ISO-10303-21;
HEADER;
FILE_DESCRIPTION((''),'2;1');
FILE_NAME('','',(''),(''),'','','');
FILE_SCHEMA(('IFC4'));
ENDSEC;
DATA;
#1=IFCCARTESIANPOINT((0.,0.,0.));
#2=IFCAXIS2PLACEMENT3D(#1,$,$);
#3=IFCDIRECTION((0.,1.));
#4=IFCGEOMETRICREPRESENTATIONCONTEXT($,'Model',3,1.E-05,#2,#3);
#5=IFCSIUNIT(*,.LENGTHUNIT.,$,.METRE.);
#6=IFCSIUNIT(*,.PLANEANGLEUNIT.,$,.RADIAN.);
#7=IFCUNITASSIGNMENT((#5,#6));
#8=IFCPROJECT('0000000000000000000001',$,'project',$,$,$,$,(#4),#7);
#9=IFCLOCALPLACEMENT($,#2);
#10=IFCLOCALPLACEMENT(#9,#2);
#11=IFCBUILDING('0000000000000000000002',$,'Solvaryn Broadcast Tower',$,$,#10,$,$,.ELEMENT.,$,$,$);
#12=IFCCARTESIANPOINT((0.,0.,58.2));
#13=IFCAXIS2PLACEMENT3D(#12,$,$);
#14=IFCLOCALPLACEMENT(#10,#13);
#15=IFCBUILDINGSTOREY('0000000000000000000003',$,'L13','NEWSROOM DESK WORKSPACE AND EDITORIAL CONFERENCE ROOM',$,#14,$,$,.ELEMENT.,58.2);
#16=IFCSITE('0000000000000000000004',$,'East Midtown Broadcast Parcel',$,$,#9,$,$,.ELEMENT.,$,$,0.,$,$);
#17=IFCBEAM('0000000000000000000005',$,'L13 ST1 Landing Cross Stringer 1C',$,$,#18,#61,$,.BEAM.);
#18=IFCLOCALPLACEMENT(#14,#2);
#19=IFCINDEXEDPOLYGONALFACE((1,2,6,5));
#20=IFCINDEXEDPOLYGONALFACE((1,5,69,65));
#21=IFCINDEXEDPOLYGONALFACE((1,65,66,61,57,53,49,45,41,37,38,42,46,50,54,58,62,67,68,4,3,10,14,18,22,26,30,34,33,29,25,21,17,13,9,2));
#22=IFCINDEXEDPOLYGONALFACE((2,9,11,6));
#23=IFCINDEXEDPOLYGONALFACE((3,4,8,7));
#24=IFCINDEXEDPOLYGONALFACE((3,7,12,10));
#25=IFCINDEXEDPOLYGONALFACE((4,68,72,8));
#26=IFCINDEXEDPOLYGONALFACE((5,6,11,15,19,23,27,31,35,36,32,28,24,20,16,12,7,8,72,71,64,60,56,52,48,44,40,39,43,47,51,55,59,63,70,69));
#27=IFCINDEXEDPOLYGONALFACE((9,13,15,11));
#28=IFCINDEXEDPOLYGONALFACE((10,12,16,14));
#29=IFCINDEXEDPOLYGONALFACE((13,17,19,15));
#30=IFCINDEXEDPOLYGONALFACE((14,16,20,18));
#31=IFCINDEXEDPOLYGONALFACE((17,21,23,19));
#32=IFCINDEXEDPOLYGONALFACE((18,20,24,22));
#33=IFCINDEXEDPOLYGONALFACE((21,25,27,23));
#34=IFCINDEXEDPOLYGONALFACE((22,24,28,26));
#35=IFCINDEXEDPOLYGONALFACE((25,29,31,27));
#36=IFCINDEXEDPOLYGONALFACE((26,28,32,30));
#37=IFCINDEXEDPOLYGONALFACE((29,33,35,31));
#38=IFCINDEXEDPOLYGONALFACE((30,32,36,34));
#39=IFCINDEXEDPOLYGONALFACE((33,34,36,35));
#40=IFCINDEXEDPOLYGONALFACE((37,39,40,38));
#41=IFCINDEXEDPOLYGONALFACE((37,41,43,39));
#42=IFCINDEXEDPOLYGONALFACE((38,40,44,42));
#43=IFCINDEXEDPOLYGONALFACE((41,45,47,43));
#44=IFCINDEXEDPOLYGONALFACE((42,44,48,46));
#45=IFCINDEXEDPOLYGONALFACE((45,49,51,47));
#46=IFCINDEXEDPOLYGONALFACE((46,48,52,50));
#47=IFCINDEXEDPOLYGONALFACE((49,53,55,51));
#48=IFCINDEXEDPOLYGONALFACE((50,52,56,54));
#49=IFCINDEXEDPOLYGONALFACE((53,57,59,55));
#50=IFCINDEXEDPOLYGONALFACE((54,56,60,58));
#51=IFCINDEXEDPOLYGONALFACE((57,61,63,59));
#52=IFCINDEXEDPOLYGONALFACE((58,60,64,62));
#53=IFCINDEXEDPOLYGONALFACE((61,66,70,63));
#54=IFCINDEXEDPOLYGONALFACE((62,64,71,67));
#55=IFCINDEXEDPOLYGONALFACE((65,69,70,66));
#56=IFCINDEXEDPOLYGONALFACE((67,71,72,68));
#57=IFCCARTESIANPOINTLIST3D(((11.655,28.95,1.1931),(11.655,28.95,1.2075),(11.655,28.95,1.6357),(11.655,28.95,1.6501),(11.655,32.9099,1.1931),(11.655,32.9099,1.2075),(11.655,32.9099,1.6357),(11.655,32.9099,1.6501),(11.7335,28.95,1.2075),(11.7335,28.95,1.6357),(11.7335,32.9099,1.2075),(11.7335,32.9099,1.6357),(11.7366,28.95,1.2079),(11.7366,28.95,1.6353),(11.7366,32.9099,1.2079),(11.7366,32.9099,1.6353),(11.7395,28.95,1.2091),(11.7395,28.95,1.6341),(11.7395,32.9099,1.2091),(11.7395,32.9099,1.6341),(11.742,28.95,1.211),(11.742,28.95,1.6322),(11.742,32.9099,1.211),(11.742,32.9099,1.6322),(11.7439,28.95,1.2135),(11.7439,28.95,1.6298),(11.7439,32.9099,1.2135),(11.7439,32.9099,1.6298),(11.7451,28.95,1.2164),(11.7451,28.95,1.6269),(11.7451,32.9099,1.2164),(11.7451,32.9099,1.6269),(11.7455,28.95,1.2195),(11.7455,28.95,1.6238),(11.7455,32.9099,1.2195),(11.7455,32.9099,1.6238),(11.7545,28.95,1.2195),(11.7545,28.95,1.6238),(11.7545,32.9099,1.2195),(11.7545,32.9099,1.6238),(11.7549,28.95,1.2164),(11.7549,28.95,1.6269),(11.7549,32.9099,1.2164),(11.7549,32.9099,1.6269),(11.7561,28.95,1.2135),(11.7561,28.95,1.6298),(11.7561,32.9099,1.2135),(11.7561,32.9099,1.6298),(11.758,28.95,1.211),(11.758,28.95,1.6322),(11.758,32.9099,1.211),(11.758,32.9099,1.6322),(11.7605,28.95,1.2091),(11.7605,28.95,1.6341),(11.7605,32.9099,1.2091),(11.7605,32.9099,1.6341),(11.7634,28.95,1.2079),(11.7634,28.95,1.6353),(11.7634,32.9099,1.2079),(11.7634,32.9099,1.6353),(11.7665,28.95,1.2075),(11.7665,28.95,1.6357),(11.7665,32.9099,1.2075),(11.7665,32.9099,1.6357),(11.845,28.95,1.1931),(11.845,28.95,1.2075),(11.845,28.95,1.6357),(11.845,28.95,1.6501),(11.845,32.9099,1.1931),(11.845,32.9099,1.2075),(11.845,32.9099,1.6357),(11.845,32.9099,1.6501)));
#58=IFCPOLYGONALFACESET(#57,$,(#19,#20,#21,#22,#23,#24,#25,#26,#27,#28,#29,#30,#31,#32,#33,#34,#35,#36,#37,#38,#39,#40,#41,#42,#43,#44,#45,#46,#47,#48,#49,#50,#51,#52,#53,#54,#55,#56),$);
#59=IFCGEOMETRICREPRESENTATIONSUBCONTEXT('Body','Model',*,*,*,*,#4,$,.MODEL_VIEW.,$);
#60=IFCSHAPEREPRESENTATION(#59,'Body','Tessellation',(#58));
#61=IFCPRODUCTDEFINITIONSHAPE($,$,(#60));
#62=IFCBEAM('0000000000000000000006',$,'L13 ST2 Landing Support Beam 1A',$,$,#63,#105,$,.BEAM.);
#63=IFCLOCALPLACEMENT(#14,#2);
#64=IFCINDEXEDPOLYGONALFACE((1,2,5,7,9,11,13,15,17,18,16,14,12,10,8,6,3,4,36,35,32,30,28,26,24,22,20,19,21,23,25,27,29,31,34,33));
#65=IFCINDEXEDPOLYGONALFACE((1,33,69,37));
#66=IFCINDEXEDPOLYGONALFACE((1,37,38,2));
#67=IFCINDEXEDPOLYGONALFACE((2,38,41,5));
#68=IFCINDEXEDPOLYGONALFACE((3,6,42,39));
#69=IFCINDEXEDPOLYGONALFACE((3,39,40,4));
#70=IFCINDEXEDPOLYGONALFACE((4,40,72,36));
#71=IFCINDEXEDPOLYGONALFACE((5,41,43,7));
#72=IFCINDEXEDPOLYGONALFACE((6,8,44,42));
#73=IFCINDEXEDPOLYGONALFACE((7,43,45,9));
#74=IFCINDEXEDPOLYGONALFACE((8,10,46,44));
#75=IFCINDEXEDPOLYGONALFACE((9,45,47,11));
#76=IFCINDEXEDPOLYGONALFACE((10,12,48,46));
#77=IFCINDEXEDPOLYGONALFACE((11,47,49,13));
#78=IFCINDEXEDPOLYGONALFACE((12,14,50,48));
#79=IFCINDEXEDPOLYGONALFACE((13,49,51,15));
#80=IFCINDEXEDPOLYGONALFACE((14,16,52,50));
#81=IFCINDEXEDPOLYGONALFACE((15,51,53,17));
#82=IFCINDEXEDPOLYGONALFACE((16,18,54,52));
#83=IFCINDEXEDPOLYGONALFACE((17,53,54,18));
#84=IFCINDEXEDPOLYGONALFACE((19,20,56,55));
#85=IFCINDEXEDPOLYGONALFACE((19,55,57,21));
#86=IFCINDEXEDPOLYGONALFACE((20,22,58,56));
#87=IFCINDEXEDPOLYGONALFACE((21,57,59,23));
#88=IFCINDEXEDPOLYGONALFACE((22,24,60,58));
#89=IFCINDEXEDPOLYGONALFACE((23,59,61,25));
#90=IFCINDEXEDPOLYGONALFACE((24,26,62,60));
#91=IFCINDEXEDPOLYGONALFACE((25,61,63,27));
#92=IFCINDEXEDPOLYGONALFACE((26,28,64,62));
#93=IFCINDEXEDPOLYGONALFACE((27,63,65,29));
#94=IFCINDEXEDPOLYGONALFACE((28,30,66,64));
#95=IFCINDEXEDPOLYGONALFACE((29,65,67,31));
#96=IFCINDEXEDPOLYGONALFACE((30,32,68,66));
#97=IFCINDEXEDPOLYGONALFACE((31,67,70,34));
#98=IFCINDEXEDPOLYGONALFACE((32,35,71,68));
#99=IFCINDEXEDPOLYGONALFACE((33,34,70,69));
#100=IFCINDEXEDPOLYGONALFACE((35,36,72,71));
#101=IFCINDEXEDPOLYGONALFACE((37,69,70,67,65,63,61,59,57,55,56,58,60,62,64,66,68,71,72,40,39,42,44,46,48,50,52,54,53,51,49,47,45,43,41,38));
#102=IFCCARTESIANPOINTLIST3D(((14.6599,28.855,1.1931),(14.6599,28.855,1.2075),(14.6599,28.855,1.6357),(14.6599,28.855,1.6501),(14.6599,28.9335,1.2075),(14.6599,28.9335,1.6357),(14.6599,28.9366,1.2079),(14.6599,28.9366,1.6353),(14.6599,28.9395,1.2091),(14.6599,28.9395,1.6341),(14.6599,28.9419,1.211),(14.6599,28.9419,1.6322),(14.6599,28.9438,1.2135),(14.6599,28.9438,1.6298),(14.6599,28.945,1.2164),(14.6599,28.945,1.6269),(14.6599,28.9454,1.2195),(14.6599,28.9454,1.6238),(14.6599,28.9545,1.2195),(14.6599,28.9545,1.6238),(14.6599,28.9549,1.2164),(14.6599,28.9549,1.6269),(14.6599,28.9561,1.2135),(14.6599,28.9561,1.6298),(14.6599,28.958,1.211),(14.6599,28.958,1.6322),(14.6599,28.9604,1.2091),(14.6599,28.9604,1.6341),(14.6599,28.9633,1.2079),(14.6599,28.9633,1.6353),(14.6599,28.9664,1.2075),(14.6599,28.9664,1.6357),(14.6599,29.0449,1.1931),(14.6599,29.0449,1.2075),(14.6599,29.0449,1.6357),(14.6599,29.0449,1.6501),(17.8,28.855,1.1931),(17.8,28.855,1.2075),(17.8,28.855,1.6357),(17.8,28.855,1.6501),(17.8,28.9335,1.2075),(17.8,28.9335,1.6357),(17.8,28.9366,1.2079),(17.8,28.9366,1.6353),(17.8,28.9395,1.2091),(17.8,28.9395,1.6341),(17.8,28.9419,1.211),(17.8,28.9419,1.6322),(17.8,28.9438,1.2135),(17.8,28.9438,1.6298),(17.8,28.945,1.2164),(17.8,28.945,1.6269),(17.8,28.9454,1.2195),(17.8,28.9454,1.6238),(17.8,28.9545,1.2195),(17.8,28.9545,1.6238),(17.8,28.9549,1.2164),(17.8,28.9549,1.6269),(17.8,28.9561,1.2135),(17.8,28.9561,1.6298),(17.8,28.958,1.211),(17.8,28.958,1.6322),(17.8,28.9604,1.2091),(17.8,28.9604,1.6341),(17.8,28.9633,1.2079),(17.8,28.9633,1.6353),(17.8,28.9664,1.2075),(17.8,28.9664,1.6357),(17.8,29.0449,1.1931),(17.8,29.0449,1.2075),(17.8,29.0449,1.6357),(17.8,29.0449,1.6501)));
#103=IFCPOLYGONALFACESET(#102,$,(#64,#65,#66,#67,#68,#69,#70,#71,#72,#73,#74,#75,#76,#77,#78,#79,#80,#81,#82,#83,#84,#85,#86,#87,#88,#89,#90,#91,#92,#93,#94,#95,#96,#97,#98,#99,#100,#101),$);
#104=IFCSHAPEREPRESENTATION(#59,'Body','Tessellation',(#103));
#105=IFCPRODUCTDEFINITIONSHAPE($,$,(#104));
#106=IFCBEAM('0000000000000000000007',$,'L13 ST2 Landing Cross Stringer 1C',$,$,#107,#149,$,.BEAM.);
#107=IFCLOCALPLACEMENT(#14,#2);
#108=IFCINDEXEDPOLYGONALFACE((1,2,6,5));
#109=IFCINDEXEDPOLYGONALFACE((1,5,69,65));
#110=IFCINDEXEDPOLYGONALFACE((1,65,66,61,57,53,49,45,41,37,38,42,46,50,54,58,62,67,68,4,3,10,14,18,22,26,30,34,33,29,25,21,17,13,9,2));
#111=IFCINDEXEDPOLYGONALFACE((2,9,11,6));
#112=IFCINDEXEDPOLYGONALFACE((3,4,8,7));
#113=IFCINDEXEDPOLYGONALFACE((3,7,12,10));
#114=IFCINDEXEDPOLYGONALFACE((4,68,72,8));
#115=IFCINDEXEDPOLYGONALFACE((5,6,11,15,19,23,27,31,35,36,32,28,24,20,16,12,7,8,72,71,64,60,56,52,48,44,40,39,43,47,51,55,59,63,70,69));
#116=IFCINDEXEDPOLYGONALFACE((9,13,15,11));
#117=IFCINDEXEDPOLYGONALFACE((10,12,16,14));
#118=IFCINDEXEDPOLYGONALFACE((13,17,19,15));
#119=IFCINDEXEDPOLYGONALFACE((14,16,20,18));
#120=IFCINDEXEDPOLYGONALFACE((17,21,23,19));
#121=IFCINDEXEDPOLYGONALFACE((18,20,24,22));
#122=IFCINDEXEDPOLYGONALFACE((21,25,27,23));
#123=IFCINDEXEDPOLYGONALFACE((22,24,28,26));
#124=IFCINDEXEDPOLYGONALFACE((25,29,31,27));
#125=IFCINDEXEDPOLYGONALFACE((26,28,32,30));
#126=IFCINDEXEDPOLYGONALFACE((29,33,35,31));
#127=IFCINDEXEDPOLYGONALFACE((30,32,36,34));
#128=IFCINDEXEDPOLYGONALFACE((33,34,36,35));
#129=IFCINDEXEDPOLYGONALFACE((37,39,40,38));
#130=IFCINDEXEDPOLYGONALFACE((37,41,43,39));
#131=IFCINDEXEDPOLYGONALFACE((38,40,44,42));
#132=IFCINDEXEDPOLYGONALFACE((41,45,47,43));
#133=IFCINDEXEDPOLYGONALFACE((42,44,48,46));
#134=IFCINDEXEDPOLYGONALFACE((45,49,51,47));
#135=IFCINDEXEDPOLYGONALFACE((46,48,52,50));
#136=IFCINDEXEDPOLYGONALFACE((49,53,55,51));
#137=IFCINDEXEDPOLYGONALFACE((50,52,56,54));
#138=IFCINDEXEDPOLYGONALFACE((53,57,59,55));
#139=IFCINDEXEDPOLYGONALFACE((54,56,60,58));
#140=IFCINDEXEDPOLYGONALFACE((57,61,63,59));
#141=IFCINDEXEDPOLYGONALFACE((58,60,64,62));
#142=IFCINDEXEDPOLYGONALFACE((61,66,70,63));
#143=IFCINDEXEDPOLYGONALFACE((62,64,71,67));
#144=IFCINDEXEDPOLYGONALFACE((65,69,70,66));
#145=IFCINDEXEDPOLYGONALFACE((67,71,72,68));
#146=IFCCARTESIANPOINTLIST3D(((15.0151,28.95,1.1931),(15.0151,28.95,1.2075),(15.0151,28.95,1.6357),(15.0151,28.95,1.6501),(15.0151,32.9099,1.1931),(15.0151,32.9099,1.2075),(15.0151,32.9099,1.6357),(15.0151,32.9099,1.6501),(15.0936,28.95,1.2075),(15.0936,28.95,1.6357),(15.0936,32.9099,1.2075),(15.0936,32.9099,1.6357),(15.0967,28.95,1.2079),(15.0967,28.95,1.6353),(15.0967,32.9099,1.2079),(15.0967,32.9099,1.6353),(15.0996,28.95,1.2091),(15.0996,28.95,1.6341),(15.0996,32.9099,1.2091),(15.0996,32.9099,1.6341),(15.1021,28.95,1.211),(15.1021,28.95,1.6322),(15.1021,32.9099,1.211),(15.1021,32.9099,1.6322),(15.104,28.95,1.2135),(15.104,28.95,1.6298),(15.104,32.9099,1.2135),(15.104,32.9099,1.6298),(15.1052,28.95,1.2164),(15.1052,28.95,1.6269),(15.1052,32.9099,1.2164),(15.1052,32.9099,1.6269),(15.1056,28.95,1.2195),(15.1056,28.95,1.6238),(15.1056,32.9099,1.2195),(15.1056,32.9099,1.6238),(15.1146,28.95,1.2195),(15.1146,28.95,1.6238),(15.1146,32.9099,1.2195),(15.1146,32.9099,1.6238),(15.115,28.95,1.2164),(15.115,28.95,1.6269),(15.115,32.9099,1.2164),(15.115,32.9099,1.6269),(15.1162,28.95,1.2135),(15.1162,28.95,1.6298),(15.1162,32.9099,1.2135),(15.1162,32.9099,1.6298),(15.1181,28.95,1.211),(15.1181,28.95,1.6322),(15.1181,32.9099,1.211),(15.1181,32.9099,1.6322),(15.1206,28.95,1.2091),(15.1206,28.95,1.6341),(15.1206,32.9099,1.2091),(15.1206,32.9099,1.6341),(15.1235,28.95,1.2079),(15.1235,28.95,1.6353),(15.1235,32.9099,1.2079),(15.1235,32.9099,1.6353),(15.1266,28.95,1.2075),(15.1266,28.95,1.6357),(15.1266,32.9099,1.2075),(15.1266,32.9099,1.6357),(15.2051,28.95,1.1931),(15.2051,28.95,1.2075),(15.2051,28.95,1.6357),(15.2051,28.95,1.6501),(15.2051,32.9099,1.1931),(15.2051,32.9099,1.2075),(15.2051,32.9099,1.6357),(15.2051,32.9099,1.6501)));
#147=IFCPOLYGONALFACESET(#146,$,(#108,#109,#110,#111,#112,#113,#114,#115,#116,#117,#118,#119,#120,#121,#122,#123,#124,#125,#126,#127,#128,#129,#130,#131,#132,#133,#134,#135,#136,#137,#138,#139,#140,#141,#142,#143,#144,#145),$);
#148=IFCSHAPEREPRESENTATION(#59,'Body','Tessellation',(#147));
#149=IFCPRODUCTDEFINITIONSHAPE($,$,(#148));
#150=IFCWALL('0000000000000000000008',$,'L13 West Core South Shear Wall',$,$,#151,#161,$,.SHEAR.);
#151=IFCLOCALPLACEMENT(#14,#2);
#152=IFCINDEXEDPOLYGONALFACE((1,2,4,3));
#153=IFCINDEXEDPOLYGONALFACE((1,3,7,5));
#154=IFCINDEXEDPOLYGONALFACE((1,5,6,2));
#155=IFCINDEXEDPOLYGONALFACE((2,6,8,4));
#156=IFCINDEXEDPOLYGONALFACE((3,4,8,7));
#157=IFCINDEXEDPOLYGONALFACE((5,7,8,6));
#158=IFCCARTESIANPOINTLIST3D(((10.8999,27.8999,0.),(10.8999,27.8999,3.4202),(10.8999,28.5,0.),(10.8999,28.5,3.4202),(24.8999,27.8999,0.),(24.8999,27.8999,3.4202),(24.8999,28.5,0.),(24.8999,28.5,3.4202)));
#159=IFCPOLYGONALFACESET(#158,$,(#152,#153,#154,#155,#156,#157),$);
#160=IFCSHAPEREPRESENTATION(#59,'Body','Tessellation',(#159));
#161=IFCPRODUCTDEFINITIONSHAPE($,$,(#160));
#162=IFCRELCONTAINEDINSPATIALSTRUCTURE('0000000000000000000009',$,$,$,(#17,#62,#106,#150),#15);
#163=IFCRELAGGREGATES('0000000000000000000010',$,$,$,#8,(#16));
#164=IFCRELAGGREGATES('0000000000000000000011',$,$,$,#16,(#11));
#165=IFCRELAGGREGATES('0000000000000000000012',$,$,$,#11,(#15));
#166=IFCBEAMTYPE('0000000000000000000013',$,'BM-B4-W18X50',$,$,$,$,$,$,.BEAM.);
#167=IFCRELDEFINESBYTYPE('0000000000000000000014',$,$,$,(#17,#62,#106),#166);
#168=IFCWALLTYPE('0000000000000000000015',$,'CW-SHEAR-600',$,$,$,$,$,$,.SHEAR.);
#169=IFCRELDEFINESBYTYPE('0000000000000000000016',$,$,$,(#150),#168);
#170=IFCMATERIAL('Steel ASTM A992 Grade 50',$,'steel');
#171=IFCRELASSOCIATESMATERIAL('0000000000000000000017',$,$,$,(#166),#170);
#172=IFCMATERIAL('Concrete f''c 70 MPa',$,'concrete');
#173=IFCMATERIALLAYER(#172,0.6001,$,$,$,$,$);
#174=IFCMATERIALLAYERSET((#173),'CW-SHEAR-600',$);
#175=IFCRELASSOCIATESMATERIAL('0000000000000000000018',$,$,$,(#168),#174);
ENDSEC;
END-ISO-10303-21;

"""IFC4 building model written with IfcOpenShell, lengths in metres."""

from ifc_helpers import new_model, si_unit, direction, frame, frame_2d, origin, origin_2d, place, context, subcontext, project, spatial, rectangle, i_section, extrude, material, layer, layer_set, material_profile, profile_set, type_object, element, save


model = new_model("IFC4")

# Units and contexts
model_context = context("Model", 3, precision=1e-05, world=origin(), true_north=direction((0.0, 1.0)))
body_context = subcontext(model_context, "Body", "Model", "MODEL_VIEW")
ifc_project = project(units=[si_unit("LENGTHUNIT", "METRE"), si_unit("PLANEANGLEUNIT", "RADIAN")], contexts=[model_context])

# Site, building, storey
site_placement = place(None, origin())
site = spatial("IfcSite", under=ifc_project, at=site_placement, Name="East Midtown Broadcast Parcel", CompositionType="ELEMENT", RefElevation=0.0)
building_placement = place(site_placement, origin())
building = spatial("IfcBuilding", under=site, at=building_placement, Name="Solvaryn Broadcast Tower", CompositionType="ELEMENT")
storey_placement = place(building_placement, frame((0.0, 0.0, 58.2)))
storey = spatial("IfcBuildingStorey", under=building, at=storey_placement, Name="L13", Description="NEWSROOM DESK WORKSPACE AND EDITORIAL CONFERENCE ROOM", CompositionType="ELEMENT", Elevation=58.2)

# Beams
ifc_material_1 = material(Name="Steel ASTM A992 Grade 50", Category="steel")
ifc_material_profile_1 = material_profile(ifc_material_1, i_section(OverallWidth=0.1899, OverallDepth=0.457, WebThickness=0.009, FlangeThickness=0.0144, FilletRadius=0.012, at=origin_2d()))
ifc_profile_set_1 = profile_set([ifc_material_profile_1], Name="Steel ASTM A992 Grade 50")
beam_type_1 = type_object("IfcBeamType", Name="BM-B4-W18X50", PredefinedType="BEAM", material=ifc_profile_set_1)
beam_1_placement = place(storey_placement, frame((11.75, 28.95, 1.4216), z_axis=(0.0, 1.0, 0.0), x_axis=(-1.0, 0.0, 0.0)))
element("IfcBeam", 1, at=beam_1_placement, inside=storey, type_object=beam_type_1, Name="L13 ST1 Landing Cross Stringer 1C", PredefinedType="BEAM", context=body_context, shape_type="SweptSolid", body=[
    extrude(i_section(OverallWidth=0.1899, OverallDepth=0.457, WebThickness=0.009, FlangeThickness=0.0144, FilletRadius=0.012, at=origin_2d()), origin(), (0.0, 0.0, 1.0), 3.96),
])
beam_2_placement = place(storey_placement, frame((14.6599, 28.95, 1.4216), z_axis=(1.0, 0.0, 0.0), x_axis=(0.0, 1.0, 0.0)))
element("IfcBeam", 2, at=beam_2_placement, inside=storey, type_object=beam_type_1, Name="L13 ST2 Landing Support Beam 1A", PredefinedType="BEAM", context=body_context, shape_type="SweptSolid", body=[
    extrude(i_section(OverallWidth=0.1899, OverallDepth=0.457, WebThickness=0.009, FlangeThickness=0.0144, FilletRadius=0.012, at=origin_2d()), origin(), (0.0, 0.0, 1.0), 3.1401),
])
beam_3_placement = place(storey_placement, frame((15.1101, 28.95, 1.4216), z_axis=(0.0, 1.0, 0.0), x_axis=(-1.0, 0.0, 0.0)))
element("IfcBeam", 3, at=beam_3_placement, inside=storey, type_object=beam_type_1, Name="L13 ST2 Landing Cross Stringer 1C", PredefinedType="BEAM", context=body_context, shape_type="SweptSolid", body=[
    extrude(i_section(OverallWidth=0.1899, OverallDepth=0.457, WebThickness=0.009, FlangeThickness=0.0144, FilletRadius=0.012, at=origin_2d()), origin(), (0.0, 0.0, 1.0), 3.96),
])

# Wall
ifc_material_2 = material(Name="Concrete f'c 70 MPa", Category="concrete")
ifc_layer_1 = layer(ifc_material_2, 0.6001)
ifc_layer_set_1 = layer_set([ifc_layer_1], Name="CW-SHEAR-600")
wall_type_1 = type_object("IfcWallType", Name="CW-SHEAR-600", PredefinedType="SHEAR", material=ifc_layer_set_1)
wall_1_placement = place(storey_placement, frame((10.8999, 28.2, 0.0), z_axis=(0.0, 0.0, 1.0), x_axis=(1.0, 0.0, 0.0)))
element("IfcWall", 4, at=wall_1_placement, inside=storey, type_object=wall_type_1, Name="L13 West Core South Shear Wall", PredefinedType="SHEAR", context=body_context, shape_type="SweptSolid", body=[
    extrude(rectangle(XDim=14.0, YDim=0.6001, at=frame_2d((7.0, 0.0))), origin(), (0.0, 0.0, 1.0), 3.4202),
])

save(model, "model.ifc")
